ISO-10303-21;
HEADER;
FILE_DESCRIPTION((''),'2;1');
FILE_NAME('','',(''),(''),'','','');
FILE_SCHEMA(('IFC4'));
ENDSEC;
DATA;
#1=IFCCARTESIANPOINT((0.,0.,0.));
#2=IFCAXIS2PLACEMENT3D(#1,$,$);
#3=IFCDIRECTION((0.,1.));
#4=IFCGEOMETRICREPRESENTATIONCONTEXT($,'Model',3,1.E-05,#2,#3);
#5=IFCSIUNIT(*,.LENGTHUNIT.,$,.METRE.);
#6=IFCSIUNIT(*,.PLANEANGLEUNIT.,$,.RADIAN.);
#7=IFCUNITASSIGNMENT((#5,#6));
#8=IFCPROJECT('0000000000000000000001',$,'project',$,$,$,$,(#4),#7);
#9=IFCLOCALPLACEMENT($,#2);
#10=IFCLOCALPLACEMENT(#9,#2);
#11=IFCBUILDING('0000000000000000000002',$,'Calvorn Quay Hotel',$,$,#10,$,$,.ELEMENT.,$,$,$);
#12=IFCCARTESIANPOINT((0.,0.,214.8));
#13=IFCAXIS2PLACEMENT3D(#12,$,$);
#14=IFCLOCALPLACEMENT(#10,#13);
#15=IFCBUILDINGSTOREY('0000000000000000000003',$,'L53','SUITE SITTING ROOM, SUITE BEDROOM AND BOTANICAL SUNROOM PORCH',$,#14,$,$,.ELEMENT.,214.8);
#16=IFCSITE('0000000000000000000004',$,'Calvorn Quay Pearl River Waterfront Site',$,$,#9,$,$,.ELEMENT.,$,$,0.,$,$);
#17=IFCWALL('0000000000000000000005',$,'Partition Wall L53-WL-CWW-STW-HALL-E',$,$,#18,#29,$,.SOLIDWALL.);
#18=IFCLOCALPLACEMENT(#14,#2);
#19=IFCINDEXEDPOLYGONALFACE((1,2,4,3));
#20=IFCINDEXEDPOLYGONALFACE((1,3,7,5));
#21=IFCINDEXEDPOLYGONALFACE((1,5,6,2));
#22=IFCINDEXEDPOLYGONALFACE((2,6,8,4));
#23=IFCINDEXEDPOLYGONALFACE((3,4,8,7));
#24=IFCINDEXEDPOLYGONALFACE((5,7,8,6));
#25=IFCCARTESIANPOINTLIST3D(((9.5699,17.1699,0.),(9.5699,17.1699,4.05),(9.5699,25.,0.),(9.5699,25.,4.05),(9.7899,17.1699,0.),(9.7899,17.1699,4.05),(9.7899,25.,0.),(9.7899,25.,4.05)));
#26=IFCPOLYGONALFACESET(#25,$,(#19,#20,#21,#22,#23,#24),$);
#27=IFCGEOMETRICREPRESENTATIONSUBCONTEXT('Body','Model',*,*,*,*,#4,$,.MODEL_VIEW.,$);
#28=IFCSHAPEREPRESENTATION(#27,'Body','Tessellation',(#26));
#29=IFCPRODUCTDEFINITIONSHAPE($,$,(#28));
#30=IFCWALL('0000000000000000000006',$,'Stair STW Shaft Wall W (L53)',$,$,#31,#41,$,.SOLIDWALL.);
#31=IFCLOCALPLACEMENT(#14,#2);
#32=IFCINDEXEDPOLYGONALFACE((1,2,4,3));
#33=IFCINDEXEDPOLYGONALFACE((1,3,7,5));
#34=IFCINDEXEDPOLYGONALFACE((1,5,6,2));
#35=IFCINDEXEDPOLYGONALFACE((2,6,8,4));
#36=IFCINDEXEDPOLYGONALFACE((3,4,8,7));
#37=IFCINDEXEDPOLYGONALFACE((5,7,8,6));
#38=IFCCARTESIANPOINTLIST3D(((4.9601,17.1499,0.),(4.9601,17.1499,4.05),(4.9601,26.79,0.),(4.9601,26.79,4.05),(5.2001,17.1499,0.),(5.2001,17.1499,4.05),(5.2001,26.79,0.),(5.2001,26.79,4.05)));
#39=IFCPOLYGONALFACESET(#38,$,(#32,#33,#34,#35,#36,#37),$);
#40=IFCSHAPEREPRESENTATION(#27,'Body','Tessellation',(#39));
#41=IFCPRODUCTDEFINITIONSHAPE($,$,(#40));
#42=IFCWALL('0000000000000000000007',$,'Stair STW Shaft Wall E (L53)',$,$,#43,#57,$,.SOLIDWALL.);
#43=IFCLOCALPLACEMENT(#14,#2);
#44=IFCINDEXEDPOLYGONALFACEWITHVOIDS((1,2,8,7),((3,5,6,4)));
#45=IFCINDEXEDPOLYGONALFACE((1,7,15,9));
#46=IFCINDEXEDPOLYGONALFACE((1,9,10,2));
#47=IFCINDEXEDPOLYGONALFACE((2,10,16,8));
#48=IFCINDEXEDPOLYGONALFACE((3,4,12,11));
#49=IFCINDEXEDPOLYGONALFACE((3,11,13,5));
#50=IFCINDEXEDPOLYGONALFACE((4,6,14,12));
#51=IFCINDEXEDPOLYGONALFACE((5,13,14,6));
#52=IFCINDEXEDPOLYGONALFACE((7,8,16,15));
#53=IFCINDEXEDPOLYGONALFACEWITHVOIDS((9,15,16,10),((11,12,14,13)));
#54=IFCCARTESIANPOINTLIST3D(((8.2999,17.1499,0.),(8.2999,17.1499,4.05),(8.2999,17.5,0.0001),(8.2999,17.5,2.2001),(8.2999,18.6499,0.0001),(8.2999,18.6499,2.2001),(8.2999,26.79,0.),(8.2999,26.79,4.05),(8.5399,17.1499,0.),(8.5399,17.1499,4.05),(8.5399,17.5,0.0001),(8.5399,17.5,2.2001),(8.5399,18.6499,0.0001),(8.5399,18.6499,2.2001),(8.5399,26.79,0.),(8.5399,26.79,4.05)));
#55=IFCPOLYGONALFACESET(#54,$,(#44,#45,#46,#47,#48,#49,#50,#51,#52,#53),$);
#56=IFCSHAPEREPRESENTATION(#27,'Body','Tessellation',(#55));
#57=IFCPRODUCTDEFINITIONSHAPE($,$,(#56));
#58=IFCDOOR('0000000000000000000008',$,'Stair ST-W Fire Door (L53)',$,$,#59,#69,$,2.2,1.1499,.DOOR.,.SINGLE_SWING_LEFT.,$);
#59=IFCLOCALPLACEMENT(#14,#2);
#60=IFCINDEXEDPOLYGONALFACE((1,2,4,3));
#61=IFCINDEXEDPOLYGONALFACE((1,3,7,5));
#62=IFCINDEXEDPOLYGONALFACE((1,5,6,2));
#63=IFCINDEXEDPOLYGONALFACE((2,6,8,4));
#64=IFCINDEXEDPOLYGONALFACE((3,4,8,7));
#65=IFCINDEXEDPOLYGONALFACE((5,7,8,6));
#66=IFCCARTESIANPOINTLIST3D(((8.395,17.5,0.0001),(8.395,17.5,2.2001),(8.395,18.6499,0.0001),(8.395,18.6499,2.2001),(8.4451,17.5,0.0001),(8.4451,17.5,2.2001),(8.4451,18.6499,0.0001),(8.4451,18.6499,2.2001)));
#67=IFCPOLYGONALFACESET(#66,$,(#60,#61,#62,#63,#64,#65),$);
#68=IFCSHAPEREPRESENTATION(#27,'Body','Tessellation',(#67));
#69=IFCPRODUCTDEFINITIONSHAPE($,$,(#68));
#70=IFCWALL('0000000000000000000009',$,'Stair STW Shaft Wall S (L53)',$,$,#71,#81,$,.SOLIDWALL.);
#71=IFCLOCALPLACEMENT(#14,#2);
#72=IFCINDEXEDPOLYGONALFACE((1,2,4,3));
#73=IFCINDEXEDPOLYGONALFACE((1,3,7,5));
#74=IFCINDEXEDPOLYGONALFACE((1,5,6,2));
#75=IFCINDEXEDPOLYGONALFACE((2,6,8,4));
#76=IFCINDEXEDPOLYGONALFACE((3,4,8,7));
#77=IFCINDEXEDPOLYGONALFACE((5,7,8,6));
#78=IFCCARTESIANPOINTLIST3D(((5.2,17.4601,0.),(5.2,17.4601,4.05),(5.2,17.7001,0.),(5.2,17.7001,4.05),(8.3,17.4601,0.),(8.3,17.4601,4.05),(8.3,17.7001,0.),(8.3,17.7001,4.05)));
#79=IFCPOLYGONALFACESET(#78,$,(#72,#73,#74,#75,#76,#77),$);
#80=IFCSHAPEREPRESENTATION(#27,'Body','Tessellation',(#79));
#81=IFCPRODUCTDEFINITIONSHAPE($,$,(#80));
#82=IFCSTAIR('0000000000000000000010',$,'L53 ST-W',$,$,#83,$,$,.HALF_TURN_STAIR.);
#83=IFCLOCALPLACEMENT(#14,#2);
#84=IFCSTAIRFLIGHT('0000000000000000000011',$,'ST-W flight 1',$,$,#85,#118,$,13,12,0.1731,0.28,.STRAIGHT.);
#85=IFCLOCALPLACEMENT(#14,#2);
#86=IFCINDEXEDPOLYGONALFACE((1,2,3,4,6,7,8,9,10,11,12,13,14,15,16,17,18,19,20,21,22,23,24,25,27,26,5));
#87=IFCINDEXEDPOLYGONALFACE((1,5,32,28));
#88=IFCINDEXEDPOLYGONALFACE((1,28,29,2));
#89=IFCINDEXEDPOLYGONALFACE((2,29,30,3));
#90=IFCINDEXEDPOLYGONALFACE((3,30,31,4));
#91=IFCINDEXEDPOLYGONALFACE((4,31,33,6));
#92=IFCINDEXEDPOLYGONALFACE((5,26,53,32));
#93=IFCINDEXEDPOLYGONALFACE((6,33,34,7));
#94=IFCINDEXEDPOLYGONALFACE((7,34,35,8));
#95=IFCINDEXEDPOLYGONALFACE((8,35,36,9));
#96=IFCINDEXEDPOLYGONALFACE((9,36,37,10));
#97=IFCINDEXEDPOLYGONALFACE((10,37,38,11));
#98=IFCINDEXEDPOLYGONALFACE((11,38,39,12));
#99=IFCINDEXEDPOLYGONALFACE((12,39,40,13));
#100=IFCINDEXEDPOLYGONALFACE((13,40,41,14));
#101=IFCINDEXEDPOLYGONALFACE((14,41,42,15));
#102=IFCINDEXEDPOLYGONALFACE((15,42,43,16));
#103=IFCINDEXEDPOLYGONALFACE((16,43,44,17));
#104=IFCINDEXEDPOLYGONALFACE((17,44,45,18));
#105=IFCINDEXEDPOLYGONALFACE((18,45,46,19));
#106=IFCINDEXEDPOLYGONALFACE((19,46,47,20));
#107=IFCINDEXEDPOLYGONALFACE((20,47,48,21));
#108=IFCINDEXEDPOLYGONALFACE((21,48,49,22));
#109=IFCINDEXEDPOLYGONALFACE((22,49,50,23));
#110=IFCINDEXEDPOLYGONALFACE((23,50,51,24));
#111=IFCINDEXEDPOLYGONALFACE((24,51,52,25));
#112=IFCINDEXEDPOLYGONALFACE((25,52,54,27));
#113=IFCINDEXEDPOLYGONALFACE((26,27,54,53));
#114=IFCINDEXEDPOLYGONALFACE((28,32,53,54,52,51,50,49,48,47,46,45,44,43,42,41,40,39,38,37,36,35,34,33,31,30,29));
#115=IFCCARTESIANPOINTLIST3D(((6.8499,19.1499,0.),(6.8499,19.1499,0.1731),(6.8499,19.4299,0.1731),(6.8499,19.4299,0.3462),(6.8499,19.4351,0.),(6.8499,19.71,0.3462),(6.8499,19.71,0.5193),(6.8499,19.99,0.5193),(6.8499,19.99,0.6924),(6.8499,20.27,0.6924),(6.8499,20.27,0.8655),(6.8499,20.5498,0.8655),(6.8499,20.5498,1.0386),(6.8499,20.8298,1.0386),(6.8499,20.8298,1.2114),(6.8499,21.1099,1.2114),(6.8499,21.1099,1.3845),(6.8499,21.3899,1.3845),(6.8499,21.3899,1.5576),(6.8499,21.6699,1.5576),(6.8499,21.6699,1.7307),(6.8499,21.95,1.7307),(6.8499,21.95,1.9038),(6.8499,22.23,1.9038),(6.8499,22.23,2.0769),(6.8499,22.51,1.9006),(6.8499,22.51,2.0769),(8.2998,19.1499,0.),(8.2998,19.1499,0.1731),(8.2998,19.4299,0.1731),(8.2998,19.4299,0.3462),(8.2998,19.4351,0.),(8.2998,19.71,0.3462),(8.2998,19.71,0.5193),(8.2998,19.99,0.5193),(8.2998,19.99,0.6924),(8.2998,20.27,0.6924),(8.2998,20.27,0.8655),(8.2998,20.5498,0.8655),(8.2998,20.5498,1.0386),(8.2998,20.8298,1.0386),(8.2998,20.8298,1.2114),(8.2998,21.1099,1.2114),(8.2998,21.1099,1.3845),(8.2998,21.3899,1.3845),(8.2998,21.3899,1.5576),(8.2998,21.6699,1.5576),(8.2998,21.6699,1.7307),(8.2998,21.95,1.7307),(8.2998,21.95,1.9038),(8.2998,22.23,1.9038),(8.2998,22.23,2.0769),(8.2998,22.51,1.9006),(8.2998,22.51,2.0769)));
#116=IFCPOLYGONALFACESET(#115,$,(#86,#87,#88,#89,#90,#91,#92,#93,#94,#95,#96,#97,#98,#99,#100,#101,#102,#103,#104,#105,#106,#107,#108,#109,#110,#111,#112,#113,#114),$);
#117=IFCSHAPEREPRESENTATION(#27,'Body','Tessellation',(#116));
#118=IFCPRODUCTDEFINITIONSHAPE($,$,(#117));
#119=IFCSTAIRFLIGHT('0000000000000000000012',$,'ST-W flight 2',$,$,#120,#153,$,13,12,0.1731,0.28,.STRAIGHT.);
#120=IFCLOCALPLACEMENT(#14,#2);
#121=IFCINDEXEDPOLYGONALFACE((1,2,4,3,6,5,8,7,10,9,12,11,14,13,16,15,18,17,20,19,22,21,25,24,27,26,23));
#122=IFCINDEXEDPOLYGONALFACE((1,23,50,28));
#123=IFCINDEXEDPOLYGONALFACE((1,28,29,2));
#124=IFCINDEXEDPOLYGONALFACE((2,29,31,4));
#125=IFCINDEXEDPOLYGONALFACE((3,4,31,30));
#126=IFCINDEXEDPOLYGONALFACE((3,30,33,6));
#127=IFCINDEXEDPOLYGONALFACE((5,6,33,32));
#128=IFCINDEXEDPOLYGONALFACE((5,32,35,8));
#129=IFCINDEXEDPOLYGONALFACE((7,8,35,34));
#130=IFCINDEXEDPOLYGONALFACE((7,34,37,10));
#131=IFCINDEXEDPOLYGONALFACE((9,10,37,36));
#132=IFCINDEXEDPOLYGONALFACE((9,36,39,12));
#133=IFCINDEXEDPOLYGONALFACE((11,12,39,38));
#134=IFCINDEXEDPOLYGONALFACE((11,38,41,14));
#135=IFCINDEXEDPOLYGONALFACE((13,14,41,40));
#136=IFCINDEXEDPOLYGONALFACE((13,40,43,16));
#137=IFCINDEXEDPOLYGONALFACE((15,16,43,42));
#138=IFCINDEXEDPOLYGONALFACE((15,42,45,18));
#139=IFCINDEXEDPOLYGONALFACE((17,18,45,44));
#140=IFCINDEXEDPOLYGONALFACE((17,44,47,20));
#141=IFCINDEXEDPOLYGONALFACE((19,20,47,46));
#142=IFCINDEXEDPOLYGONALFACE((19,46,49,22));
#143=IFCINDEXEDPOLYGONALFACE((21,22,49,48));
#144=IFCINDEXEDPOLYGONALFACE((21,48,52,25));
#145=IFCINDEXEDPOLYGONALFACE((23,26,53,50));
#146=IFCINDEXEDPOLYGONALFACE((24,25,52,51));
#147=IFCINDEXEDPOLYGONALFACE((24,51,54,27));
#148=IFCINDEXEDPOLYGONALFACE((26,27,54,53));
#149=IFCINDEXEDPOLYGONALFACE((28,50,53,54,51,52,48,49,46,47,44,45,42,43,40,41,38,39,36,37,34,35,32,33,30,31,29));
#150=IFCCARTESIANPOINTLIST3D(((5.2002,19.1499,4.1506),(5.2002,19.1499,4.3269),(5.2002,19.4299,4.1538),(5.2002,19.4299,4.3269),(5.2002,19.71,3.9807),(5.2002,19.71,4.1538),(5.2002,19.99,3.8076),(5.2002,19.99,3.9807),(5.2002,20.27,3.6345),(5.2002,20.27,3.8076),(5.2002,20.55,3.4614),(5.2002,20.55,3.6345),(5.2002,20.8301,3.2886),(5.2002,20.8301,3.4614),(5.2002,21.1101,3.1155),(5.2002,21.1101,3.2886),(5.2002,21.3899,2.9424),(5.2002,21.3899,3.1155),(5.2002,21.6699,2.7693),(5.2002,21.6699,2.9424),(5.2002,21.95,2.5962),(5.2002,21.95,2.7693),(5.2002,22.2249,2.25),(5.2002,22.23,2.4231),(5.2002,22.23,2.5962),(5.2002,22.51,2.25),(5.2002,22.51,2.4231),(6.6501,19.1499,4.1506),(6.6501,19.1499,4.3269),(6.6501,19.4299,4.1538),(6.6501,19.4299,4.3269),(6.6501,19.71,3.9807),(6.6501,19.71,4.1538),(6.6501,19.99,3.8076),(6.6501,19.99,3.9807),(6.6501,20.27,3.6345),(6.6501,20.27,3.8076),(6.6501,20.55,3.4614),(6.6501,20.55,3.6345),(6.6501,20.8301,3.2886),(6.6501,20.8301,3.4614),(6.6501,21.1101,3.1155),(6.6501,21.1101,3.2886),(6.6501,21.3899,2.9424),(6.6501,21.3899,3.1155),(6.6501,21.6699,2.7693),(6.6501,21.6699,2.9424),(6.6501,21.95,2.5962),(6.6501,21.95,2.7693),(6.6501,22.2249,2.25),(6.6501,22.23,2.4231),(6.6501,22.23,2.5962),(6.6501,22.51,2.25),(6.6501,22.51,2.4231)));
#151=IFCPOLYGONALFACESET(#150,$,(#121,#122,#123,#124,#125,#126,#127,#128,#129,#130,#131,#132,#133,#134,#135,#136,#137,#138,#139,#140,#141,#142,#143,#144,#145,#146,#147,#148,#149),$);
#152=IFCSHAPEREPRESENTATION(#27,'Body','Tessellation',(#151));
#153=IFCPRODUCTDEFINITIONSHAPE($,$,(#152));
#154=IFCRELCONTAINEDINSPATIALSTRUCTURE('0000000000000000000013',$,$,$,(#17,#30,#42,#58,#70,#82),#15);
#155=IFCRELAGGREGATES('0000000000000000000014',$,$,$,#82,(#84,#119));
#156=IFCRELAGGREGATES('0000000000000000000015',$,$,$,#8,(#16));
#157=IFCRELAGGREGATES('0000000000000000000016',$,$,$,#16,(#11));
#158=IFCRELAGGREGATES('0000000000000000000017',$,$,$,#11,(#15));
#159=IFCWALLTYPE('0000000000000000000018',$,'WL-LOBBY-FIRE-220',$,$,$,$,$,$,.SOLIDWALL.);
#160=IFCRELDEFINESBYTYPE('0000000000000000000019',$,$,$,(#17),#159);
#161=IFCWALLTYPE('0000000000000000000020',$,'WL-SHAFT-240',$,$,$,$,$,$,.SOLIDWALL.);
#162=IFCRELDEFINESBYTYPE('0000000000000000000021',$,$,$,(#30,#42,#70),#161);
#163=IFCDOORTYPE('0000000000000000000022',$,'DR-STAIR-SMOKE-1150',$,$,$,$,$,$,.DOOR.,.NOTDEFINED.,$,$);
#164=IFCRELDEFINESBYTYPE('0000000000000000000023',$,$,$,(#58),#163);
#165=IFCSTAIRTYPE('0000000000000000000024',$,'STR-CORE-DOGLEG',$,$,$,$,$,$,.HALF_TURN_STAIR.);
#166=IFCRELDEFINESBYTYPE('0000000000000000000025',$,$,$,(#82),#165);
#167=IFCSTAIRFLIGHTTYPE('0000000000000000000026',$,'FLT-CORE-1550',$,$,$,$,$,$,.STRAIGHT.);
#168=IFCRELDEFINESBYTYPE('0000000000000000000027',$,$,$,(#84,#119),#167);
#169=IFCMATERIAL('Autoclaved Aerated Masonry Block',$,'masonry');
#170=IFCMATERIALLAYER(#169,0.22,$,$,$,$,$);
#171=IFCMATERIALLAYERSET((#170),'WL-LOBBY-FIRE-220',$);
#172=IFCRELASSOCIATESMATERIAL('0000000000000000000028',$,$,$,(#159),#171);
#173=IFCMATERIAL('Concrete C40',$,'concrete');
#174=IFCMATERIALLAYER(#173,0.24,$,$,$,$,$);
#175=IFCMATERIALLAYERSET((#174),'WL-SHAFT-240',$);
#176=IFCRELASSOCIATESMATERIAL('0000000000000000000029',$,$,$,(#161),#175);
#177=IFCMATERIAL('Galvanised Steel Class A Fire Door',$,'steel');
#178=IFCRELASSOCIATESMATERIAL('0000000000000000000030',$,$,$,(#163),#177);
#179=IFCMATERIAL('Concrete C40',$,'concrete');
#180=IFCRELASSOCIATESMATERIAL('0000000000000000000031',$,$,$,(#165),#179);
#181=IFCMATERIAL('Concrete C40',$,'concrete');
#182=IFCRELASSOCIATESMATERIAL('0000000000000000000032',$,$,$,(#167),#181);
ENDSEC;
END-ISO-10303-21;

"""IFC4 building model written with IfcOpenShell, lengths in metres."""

from ifc_helpers import new_model, si_unit, direction, frame, frame_2d, origin, place, context, subcontext, project, spatial, polyline, rectangle, outline, extrude, material, layer, layer_set, type_object, element, fill, aggregate, save


model = new_model("IFC4")

# Units and contexts
model_context = context("Model", 3, precision=1e-05, world=origin(), true_north=direction((0.0, 1.0)))
body_context = subcontext(model_context, "Body", "Model", "MODEL_VIEW")
ifc_project = project(units=[si_unit("LENGTHUNIT", "METRE"), si_unit("PLANEANGLEUNIT", "RADIAN")], contexts=[model_context])

# Site, building, storey
site_placement = place(None, origin())
site = spatial("IfcSite", under=ifc_project, at=site_placement, Name="Calvorn Quay Pearl River Waterfront Site", CompositionType="ELEMENT", RefElevation=0.0)
building_placement = place(site_placement, origin())
building = spatial("IfcBuilding", under=site, at=building_placement, Name="Calvorn Quay Hotel", CompositionType="ELEMENT")
storey_placement = place(building_placement, frame((0.0, 0.0, 214.8)))
storey = spatial("IfcBuildingStorey", under=building, at=storey_placement, Name="L53", Description="SUITE SITTING ROOM, SUITE BEDROOM AND BOTANICAL SUNROOM PORCH", CompositionType="ELEMENT", Elevation=214.8)

# Walls
ifc_material_1 = material(Name="Autoclaved Aerated Masonry Block", Category="masonry")
ifc_layer_1 = layer(ifc_material_1, 0.22)
ifc_layer_set_1 = layer_set([ifc_layer_1], Name="WL-LOBBY-FIRE-220")
wall_type_1 = type_object("IfcWallType", Name="WL-LOBBY-FIRE-220", PredefinedType="SOLIDWALL", material=ifc_layer_set_1)
wall_1_placement = place(storey_placement, frame((9.6799, 17.1699, 0.0), z_axis=(0.0, 0.0, 1.0), x_axis=(0.0, 1.0, 0.0)))
element("IfcWall", 1, at=wall_1_placement, inside=storey, type_object=wall_type_1, Name="Partition Wall L53-WL-CWW-STW-HALL-E", PredefinedType="SOLIDWALL", context=body_context, shape_type="SweptSolid", body=[
    extrude(rectangle(XDim=7.8301, YDim=0.22, at=frame_2d((3.915, 0.0))), origin(), (0.0, 0.0, 1.0), 4.05),
])
ifc_material_2 = material(Name="Concrete C40", Category="concrete")
ifc_layer_2 = layer(ifc_material_2, 0.24)
ifc_layer_set_2 = layer_set([ifc_layer_2], Name="WL-SHAFT-240")
wall_type_2 = type_object("IfcWallType", Name="WL-SHAFT-240", PredefinedType="SOLIDWALL", material=ifc_layer_set_2)
wall_2_placement = place(storey_placement, frame((5.0801, 17.1499, 0.0), z_axis=(0.0, 0.0, 1.0), x_axis=(0.0, 1.0, 0.0)))
element("IfcWall", 2, at=wall_2_placement, inside=storey, type_object=wall_type_2, Name="Stair STW Shaft Wall W (L53)", PredefinedType="SOLIDWALL", context=body_context, shape_type="SweptSolid", body=[
    extrude(rectangle(XDim=9.6401, YDim=0.24, at=frame_2d((4.8201, 0.0))), origin(), (0.0, 0.0, 1.0), 4.05),
])

# Wall, opening, door
wall_3_placement = place(storey_placement, frame((8.4199, 17.1499, 0.0), z_axis=(0.0, 0.0, 1.0), x_axis=(0.0, 1.0, 0.0)))
wall_3 = element("IfcWall", 3, at=wall_3_placement, inside=storey, type_object=wall_type_2, Name="Stair STW Shaft Wall E (L53)", PredefinedType="SOLIDWALL", context=body_context, shape_type="SweptSolid", body=[
    extrude(rectangle(XDim=9.6401, YDim=0.24, at=frame_2d((4.8201, 0.0))), origin(), (0.0, 0.0, 1.0), 4.05),
])
opening_1_placement = place(wall_3_placement, frame((0.3501, 0.0, 0.0)))
opening_1 = element("IfcOpeningElement", 4, at=opening_1_placement, cuts=wall_3, PredefinedType="OPENING", context=body_context, shape_type="SweptSolid", body=[
    extrude(rectangle(XDim=1.1499, YDim=2.2, at=frame_2d((0.575, 1.1001))), frame((0.0, 0.1299, 0.0), z_axis=(0.0, -1.0, 0.0), x_axis=(1.0, 0.0, 0.0)), (0.0, 0.0, 1.0), 0.26),
])
ifc_material_3 = material(Name="Galvanised Steel Class A Fire Door", Category="steel")
door_type_1 = type_object("IfcDoorType", Name="DR-STAIR-SMOKE-1150", OperationType="NOTDEFINED", PredefinedType="DOOR", material=ifc_material_3)
door_1_placement = place(opening_1_placement, origin())
door_1 = element("IfcDoor", 5, at=door_1_placement, inside=storey, type_object=door_type_1, Name="Stair ST-W Fire Door (L53)", OperationType="SINGLE_SWING_LEFT", OverallHeight=2.2, OverallWidth=1.1499, PredefinedType="DOOR", context=body_context, shape_type="SweptSolid", body=[
    extrude(rectangle(XDim=1.1499, YDim=2.2, at=frame_2d((0.575, 1.1001))), frame((0.0, 0.0249, 0.0), z_axis=(0.0, -1.0, 0.0), x_axis=(1.0, 0.0, 0.0)), (0.0, 0.0, 1.0), 0.05),
])
fill(opening_1, door_1)

# Wall
wall_4_placement = place(storey_placement, frame((5.2, 17.5801, 0.0), z_axis=(0.0, 0.0, 1.0), x_axis=(1.0, 0.0, 0.0)))
element("IfcWall", 6, at=wall_4_placement, inside=storey, type_object=wall_type_2, Name="Stair STW Shaft Wall S (L53)", PredefinedType="SOLIDWALL", context=body_context, shape_type="SweptSolid", body=[
    extrude(rectangle(XDim=3.1001, YDim=0.24, at=frame_2d((1.55, 0.0))), origin(), (0.0, 0.0, 1.0), 4.05),
])

# Stair, stair flights
ifc_material_4 = material(Name="Concrete C40", Category="concrete")
stair_type = type_object("IfcStairType", Name="STR-CORE-DOGLEG", PredefinedType="HALF_TURN_STAIR", material=ifc_material_4)
stair_placement = place(storey_placement, origin())
stair = element("IfcStair", 7, at=stair_placement, inside=storey, type_object=stair_type, Name="L53 ST-W", PredefinedType="HALF_TURN_STAIR")
ifc_material_5 = material(Name="Concrete C40", Category="concrete")
stair_flight_type = type_object("IfcStairFlightType", Name="FLT-CORE-1550", PredefinedType="STRAIGHT", material=ifc_material_5)
stair_flight_1_placement = place(storey_placement, frame((7.575, 19.1499, 0.0), z_axis=(0.0, 0.0, 1.0), x_axis=(0.0, 1.0, 0.0)))
stair_flight_1 = element("IfcStairFlight", 8, at=stair_flight_1_placement, type_object=stair_flight_type, Name="ST-W flight 1", NumberOfRisers=13, NumberOfTreads=12, PredefinedType="STRAIGHT", RiserHeight=0.1731, TreadLength=0.28, context=body_context, shape_type="SweptSolid", body=[
    extrude(outline(polyline([(0.0, 0.0), (0.0, 0.1731), (0.28, 0.1731), (0.28, 0.3462), (0.5601, 0.3462), (0.5601, 0.5193), (0.8401, 0.5193), (0.8401, 0.6924), (1.1201, 0.6924), (1.1201, 0.8655), (1.3999, 0.8655), (1.3999, 1.0386), (1.6799, 1.0386), (1.6799, 1.2114), (1.96, 1.2114), (1.96, 1.3845), (2.24, 1.3845), (2.24, 1.5576), (2.52, 1.5576), (2.52, 1.7307), (2.8, 1.7307), (2.8, 1.9038), (3.0801, 1.9038), (3.0801, 2.0769), (3.3601, 2.0769), (3.3601, 2.25), (3.3601, 1.9006), (0.2852, 0.0), (0.0, 0.0)])), frame((0.0, 0.7251, 0.0), z_axis=(0.0, -1.0, 0.0), x_axis=(1.0, 0.0, 0.0)), (0.0, 0.0, 1.0), 1.45),
])
stair_flight_2_placement = place(storey_placement, frame((5.925, 22.51, 2.25), z_axis=(0.0, 0.0, 1.0), x_axis=(0.0, -1.0, 0.0)))
stair_flight_2 = element("IfcStairFlight", 9, at=stair_flight_2_placement, type_object=stair_flight_type, Name="ST-W flight 2", NumberOfRisers=13, NumberOfTreads=12, PredefinedType="STRAIGHT", RiserHeight=0.1731, TreadLength=0.28, context=body_context, shape_type="SweptSolid", body=[
    extrude(outline(polyline([(0.0, 0.0), (0.0, 0.1731), (0.28, 0.1731), (0.28, 0.3462), (0.5601, 0.3462), (0.5601, 0.5193), (0.8401, 0.5193), (0.8401, 0.6924), (1.1201, 0.6924), (1.1201, 0.8655), (1.3999, 0.8655), (1.3999, 1.0386), (1.6799, 1.0386), (1.6799, 1.2114), (1.96, 1.2114), (1.96, 1.3845), (2.24, 1.3845), (2.24, 1.5576), (2.52, 1.5576), (2.52, 1.7307), (2.8, 1.7307), (2.8, 1.9038), (3.0801, 1.9038), (3.0801, 2.0769), (3.3601, 2.0769), (3.3601, 2.25), (3.3601, 1.9006), (0.2852, 0.0), (0.0, 0.0)])), frame((0.0, 0.7251, 0.0), z_axis=(0.0, -1.0, 0.0), x_axis=(1.0, 0.0, 0.0)), (0.0, 0.0, 1.0), 1.45),
])
aggregate(stair, [stair_flight_1, stair_flight_2])

save(model, "model.ifc")
